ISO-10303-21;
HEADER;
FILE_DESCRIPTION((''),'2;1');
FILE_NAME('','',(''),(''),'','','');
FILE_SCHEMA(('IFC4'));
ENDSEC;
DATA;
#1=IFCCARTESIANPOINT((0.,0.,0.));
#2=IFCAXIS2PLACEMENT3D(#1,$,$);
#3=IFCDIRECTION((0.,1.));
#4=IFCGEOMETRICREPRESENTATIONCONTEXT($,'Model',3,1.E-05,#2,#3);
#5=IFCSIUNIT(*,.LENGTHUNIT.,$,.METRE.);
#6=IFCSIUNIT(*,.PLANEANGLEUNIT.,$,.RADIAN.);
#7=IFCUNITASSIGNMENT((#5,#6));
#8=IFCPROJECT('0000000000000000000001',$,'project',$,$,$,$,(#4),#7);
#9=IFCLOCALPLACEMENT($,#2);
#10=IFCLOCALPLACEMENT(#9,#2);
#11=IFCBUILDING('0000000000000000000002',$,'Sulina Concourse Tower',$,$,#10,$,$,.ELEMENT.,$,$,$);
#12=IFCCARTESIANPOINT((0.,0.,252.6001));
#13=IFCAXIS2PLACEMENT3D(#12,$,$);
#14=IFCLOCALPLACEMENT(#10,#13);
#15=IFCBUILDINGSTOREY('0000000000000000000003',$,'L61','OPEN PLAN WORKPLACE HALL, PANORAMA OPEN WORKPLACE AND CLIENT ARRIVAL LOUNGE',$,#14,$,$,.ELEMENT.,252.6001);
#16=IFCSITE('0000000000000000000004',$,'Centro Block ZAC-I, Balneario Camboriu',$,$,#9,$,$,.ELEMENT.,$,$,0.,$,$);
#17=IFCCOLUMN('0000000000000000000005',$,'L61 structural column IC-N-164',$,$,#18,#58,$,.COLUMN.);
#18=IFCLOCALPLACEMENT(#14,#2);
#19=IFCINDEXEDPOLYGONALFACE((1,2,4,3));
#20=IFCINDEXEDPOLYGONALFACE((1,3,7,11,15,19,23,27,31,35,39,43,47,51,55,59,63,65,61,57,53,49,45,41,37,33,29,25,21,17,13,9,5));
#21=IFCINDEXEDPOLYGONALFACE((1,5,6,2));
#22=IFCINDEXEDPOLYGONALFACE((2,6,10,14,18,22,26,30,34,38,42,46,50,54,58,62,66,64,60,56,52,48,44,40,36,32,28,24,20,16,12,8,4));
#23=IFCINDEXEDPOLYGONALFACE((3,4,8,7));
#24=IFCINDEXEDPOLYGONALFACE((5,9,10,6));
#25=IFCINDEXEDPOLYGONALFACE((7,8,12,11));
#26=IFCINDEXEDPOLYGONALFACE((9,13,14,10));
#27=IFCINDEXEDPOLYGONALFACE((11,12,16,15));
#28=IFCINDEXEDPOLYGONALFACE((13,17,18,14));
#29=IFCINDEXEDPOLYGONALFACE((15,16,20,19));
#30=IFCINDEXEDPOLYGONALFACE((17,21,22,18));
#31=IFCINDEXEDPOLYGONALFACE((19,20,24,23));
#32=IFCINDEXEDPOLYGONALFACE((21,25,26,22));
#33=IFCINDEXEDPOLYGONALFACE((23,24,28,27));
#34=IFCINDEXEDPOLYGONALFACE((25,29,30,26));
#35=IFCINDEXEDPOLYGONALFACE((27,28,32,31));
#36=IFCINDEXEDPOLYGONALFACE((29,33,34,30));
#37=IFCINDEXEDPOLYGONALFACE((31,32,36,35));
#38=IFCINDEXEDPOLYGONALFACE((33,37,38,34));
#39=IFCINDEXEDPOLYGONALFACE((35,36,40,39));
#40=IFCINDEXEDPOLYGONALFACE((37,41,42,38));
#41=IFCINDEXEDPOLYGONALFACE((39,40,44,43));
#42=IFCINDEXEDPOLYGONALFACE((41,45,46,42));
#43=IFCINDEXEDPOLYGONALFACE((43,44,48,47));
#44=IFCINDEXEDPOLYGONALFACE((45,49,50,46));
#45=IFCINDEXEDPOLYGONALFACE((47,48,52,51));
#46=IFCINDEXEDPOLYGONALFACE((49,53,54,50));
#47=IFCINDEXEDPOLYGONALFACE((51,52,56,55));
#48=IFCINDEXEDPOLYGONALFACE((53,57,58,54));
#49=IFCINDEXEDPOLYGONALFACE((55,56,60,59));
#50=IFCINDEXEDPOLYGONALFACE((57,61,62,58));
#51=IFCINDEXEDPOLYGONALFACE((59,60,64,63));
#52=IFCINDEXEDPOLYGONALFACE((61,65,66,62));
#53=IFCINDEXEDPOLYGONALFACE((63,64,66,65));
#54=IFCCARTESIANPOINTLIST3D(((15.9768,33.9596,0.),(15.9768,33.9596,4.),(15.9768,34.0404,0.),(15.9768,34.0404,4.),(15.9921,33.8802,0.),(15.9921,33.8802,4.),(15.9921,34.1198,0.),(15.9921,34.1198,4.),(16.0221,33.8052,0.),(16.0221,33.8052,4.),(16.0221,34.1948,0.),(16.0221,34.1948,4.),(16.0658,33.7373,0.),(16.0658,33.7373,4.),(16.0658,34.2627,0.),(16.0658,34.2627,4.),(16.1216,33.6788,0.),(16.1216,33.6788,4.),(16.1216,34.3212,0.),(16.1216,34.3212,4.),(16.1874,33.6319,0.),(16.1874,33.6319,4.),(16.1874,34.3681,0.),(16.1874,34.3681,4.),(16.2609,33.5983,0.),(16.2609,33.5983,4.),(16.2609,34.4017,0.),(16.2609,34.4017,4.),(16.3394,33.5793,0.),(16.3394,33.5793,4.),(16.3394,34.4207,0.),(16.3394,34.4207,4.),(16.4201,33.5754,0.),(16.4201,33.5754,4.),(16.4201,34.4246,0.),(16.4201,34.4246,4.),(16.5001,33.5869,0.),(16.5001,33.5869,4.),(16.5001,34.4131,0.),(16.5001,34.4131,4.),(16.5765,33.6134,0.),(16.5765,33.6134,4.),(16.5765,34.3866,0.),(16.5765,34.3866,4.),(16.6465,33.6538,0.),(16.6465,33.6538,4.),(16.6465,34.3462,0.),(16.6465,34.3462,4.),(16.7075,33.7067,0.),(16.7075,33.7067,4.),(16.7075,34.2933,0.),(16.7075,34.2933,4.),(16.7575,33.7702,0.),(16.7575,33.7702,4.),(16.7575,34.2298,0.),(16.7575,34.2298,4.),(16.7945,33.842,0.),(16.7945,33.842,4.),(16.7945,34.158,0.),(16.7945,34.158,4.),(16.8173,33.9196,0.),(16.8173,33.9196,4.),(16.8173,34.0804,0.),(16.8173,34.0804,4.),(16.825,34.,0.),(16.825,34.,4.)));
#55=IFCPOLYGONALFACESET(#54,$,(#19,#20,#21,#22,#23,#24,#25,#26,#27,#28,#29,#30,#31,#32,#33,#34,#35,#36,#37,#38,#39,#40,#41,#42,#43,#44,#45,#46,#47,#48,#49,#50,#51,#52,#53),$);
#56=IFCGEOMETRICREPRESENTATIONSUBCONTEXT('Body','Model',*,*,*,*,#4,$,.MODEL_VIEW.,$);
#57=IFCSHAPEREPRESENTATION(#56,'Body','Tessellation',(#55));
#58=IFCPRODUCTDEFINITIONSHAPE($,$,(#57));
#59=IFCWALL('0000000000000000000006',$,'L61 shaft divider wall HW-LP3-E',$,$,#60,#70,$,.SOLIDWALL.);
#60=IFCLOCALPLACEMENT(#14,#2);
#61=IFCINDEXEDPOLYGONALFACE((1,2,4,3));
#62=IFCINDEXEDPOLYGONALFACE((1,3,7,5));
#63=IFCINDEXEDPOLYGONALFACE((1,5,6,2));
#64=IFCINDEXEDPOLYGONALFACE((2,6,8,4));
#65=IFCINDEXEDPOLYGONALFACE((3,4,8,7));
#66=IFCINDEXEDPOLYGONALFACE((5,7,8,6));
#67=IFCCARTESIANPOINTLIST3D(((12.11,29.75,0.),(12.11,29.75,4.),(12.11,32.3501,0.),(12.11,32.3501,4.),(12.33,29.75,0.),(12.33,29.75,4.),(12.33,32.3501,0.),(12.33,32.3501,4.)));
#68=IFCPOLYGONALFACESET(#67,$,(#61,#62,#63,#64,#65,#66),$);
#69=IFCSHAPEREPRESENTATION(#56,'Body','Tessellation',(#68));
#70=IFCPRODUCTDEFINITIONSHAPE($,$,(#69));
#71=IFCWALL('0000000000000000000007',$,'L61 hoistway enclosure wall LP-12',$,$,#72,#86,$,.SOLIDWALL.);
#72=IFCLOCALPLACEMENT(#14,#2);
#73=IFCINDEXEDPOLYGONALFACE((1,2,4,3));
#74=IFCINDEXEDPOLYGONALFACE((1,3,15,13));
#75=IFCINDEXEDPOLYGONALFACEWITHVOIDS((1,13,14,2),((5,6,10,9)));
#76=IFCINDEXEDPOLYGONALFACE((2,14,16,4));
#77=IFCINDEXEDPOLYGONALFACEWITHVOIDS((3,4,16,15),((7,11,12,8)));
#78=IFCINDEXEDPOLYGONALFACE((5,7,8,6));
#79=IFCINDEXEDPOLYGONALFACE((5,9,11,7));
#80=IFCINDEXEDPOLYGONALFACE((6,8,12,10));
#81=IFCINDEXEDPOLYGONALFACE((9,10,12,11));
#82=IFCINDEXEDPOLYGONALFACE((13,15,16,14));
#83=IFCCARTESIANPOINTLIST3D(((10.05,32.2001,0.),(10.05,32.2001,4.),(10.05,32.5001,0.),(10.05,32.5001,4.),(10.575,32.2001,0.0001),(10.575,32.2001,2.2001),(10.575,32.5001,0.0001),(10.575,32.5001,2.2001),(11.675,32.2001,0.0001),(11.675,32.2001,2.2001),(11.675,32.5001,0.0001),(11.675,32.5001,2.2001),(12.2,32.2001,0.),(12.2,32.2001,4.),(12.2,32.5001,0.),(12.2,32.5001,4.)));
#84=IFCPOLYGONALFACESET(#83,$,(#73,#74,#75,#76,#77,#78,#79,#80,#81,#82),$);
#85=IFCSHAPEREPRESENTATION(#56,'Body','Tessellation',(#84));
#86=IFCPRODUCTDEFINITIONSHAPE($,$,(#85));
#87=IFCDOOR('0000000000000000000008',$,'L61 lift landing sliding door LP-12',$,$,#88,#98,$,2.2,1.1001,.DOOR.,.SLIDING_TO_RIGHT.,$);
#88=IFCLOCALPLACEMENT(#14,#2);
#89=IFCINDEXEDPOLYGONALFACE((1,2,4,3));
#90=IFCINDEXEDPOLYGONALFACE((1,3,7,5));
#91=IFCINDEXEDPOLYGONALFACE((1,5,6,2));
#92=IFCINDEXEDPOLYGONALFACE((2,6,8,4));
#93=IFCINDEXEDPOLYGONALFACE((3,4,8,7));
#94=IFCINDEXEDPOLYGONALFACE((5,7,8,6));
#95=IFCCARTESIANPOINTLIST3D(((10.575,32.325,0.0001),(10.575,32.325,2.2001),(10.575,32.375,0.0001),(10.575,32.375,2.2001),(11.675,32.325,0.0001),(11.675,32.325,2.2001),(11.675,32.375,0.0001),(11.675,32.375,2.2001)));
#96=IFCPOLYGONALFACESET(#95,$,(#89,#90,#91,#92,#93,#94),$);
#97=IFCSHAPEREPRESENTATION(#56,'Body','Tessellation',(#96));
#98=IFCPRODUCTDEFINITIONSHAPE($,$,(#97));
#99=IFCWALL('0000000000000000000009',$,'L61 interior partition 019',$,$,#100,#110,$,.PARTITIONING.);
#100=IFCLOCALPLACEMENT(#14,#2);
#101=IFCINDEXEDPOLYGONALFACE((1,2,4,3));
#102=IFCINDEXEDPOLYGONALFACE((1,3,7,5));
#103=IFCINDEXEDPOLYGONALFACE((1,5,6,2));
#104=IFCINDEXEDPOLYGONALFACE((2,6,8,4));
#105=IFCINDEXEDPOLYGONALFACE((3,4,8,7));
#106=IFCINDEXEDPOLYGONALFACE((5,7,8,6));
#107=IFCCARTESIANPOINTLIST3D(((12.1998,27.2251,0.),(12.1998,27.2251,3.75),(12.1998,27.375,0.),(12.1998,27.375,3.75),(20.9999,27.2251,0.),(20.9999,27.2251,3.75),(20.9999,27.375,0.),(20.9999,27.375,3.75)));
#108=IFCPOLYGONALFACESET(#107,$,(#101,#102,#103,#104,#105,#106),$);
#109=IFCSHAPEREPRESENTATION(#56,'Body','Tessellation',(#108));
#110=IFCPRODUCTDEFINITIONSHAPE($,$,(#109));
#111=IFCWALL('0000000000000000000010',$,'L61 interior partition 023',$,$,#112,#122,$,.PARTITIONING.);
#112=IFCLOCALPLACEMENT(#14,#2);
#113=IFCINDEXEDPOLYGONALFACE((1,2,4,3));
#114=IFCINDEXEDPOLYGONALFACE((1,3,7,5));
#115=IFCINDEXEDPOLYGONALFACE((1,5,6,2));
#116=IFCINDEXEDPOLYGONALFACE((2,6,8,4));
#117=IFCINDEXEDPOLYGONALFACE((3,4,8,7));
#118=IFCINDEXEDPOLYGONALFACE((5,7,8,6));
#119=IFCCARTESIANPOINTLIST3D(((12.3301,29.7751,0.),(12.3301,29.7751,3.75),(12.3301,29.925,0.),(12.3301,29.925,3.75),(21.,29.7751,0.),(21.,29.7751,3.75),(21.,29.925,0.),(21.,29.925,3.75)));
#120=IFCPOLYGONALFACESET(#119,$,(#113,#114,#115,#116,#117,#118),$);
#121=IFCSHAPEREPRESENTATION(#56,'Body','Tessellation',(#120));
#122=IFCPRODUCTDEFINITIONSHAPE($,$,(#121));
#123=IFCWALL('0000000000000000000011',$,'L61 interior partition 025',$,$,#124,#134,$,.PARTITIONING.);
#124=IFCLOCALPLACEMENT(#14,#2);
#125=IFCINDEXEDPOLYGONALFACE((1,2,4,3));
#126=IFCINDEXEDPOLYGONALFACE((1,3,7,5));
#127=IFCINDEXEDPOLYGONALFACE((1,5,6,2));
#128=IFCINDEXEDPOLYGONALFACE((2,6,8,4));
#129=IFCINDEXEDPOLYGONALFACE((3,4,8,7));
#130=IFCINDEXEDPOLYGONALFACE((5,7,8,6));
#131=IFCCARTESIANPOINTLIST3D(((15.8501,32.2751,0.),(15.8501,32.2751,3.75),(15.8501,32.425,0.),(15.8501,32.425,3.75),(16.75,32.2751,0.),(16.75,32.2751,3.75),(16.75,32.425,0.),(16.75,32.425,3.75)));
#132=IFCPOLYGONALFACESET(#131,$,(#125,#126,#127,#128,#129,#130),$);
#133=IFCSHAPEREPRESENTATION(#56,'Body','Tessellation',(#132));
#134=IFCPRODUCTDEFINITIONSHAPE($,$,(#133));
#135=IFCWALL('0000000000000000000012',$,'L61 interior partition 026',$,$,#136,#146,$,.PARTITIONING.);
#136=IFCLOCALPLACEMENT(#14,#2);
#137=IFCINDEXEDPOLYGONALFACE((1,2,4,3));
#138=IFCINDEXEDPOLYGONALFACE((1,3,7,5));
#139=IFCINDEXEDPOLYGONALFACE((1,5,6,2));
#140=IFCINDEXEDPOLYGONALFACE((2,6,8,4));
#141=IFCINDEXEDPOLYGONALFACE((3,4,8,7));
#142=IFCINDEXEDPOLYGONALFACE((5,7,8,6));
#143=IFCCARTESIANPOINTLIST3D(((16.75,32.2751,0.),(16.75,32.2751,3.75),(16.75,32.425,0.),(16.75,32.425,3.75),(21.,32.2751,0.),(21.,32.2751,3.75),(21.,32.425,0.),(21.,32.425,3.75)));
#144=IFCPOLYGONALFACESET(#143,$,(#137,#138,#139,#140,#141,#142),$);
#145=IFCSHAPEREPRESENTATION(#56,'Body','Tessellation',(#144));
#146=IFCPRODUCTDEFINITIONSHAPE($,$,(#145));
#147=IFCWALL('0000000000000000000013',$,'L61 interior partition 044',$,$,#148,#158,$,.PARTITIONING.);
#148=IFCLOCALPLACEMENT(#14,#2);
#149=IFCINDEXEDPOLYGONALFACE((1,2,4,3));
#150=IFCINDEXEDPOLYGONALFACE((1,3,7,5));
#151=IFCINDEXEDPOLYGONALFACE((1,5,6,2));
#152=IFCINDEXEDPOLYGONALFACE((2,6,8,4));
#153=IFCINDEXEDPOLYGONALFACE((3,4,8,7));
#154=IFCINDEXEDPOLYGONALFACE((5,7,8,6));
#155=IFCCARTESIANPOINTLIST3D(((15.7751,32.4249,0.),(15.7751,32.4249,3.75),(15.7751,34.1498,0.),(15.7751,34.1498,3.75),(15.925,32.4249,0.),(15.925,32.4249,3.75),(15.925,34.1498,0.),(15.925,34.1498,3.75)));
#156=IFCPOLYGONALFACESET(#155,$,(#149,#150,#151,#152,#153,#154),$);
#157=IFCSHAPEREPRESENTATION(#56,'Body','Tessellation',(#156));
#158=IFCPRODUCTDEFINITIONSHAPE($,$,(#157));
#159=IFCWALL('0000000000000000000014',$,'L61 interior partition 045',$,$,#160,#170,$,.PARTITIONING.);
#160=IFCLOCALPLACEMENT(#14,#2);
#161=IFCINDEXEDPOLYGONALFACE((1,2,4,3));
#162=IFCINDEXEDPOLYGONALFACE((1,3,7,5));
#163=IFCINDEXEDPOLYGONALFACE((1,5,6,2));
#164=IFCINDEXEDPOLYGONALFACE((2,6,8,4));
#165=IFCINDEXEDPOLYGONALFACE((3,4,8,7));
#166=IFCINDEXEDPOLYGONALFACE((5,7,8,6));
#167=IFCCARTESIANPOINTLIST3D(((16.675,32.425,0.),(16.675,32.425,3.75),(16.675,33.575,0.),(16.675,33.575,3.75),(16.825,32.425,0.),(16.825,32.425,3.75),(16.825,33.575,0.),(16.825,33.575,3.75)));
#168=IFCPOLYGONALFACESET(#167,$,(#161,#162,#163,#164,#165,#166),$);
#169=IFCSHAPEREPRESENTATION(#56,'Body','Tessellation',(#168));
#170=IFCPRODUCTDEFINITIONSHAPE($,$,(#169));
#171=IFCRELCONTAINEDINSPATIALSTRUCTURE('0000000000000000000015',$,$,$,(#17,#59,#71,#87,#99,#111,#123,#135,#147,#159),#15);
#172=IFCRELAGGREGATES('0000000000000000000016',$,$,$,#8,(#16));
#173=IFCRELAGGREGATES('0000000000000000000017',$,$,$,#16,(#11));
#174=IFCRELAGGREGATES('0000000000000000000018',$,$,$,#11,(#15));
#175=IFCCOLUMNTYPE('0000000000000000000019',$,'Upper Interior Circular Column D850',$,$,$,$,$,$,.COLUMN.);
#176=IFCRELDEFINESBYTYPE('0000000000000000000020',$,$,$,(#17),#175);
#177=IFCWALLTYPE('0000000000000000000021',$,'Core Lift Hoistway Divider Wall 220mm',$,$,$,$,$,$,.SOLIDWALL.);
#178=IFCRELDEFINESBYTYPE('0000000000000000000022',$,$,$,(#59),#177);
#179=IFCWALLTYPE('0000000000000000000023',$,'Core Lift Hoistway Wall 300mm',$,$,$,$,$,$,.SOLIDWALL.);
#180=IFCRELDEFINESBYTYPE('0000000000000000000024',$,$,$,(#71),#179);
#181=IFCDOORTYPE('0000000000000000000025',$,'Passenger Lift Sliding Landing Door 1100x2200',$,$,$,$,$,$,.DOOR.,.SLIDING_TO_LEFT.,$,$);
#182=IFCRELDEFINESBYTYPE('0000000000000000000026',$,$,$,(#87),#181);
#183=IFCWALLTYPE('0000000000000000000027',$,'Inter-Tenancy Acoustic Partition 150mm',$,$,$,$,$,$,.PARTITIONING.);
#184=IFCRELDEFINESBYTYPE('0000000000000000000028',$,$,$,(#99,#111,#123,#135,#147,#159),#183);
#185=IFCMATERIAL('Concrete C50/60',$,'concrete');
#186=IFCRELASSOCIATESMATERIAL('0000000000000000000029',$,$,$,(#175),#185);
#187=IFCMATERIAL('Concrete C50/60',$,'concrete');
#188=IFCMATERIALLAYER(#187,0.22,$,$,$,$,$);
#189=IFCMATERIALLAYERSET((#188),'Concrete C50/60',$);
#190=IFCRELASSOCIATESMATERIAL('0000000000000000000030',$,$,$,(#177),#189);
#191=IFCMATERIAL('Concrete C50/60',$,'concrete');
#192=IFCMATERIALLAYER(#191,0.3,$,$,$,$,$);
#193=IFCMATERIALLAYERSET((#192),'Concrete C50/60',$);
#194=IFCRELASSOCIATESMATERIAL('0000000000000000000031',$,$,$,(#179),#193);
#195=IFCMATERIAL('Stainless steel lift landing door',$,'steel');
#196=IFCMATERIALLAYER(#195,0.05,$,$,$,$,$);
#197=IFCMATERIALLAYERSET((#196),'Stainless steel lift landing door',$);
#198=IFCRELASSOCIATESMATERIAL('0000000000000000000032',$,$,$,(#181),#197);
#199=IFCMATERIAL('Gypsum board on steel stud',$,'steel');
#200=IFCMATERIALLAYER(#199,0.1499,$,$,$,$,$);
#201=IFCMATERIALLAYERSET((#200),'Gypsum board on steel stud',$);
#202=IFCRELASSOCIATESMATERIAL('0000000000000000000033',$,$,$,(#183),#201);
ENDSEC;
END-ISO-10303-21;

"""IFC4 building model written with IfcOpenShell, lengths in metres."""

from ifc_helpers import new_model, si_unit, direction, frame, frame_2d, origin, origin_2d, place, context, subcontext, project, spatial, rectangle, circle, extrude, material, layer, layer_set, material_profile, profile_set, type_object, element, fill, save


model = new_model("IFC4")

# Units and contexts
model_context = context("Model", 3, precision=1e-05, world=origin(), true_north=direction((0.0, 1.0)))
body_context = subcontext(model_context, "Body", "Model", "MODEL_VIEW")
ifc_project = project(units=[si_unit("LENGTHUNIT", "METRE"), si_unit("PLANEANGLEUNIT", "RADIAN")], contexts=[model_context])

# Site, building, storey
site_placement = place(None, origin())
site = spatial("IfcSite", under=ifc_project, at=site_placement, Name="Centro Block ZAC-I, Balneario Camboriu", CompositionType="ELEMENT", RefElevation=0.0)
building_placement = place(site_placement, origin())
building = spatial("IfcBuilding", under=site, at=building_placement, Name="Sulina Concourse Tower", CompositionType="ELEMENT")
storey_placement = place(building_placement, frame((0.0, 0.0, 252.6001)))
storey = spatial("IfcBuildingStorey", under=building, at=storey_placement, Name="L61", Description="OPEN PLAN WORKPLACE HALL, PANORAMA OPEN WORKPLACE AND CLIENT ARRIVAL LOUNGE", CompositionType="ELEMENT", Elevation=252.6001)

# Column
ifc_material_1 = material(Name="Concrete C50/60", Category="concrete")
ifc_material_profile = material_profile(ifc_material_1, circle(Radius=0.425, at=origin_2d()), Name="RC D850")
ifc_profile_set = profile_set([ifc_material_profile], Name="Concrete C50/60")
column_type = type_object("IfcColumnType", Name="Upper Interior Circular Column D850", PredefinedType="COLUMN", material=ifc_profile_set)
column_placement = place(storey_placement, frame((16.3999, 34.0, 0.0), z_axis=(0.0, 0.0, 1.0), x_axis=(1.0, 0.0, 0.0)))
element("IfcColumn", 1, at=column_placement, inside=storey, type_object=column_type, Name="L61 structural column IC-N-164", PredefinedType="COLUMN", context=body_context, shape_type="SweptSolid", body=[
    extrude(circle(Radius=0.425, at=origin_2d()), origin(), (0.0, 0.0, 1.0), 4.0),
])

# Wall
ifc_material_2 = material(Name="Concrete C50/60", Category="concrete")
ifc_layer_1 = layer(ifc_material_2, 0.22)
ifc_layer_set_1 = layer_set([ifc_layer_1], Name="Concrete C50/60")
wall_type_1 = type_object("IfcWallType", Name="Core Lift Hoistway Divider Wall 220mm", PredefinedType="SOLIDWALL", material=ifc_layer_set_1)
wall_1_placement = place(storey_placement, frame((12.22, 29.75, 0.0), z_axis=(0.0, 0.0, 1.0), x_axis=(0.0, 1.0, 0.0)))
element("IfcWall", 2, at=wall_1_placement, inside=storey, type_object=wall_type_1, Name="L61 shaft divider wall HW-LP3-E", PredefinedType="SOLIDWALL", context=body_context, shape_type="SweptSolid", body=[
    extrude(rectangle(XDim=2.6001, YDim=0.22, at=frame_2d((1.3, 0.0))), origin(), (0.0, 0.0, 1.0), 4.0),
])

# Wall, opening, door
ifc_material_3 = material(Name="Concrete C50/60", Category="concrete")
ifc_layer_2 = layer(ifc_material_3, 0.3)
ifc_layer_set_2 = layer_set([ifc_layer_2], Name="Concrete C50/60")
wall_type_2 = type_object("IfcWallType", Name="Core Lift Hoistway Wall 300mm", PredefinedType="SOLIDWALL", material=ifc_layer_set_2)
wall_2_placement = place(storey_placement, frame((10.05, 32.3501, 0.0), z_axis=(0.0, 0.0, 1.0), x_axis=(1.0, 0.0, 0.0)))
wall_2 = element("IfcWall", 3, at=wall_2_placement, inside=storey, type_object=wall_type_2, Name="L61 hoistway enclosure wall LP-12", PredefinedType="SOLIDWALL", context=body_context, shape_type="SweptSolid", body=[
    extrude(rectangle(XDim=2.1499, YDim=0.3, at=frame_2d((1.075, 0.0))), origin(), (0.0, 0.0, 1.0), 4.0),
])
opening_1_placement = place(wall_2_placement, frame((0.5249, 0.0, 0.0)))
opening_1 = element("IfcOpeningElement", 4, at=opening_1_placement, cuts=wall_2, PredefinedType="OPENING", context=body_context, shape_type="SweptSolid", body=[
    extrude(rectangle(XDim=1.1001, YDim=2.2, at=frame_2d((0.55, 1.1001))), frame((0.0, 0.1599, 0.0), z_axis=(0.0, -1.0, 0.0), x_axis=(1.0, 0.0, 0.0)), (0.0, 0.0, 1.0), 0.3201),
])
ifc_material_4 = material(Name="Stainless steel lift landing door", Category="steel")
ifc_layer_3 = layer(ifc_material_4, 0.05)
ifc_layer_set_3 = layer_set([ifc_layer_3], Name="Stainless steel lift landing door")
door_type_1 = type_object("IfcDoorType", Name="Passenger Lift Sliding Landing Door 1100x2200", OperationType="SLIDING_TO_LEFT", PredefinedType="DOOR", material=ifc_layer_set_3)
door_1_placement = place(opening_1_placement, origin())
door_1 = element("IfcDoor", 5, at=door_1_placement, inside=storey, type_object=door_type_1, Name="L61 lift landing sliding door LP-12", OperationType="SLIDING_TO_RIGHT", OverallHeight=2.2, OverallWidth=1.1001, PredefinedType="DOOR", context=body_context, shape_type="SweptSolid", body=[
    extrude(rectangle(XDim=1.1001, YDim=2.2, at=frame_2d((0.55, 1.1001))), frame((0.0, 0.0249, 0.0), z_axis=(0.0, -1.0, 0.0), x_axis=(1.0, 0.0, 0.0)), (0.0, 0.0, 1.0), 0.05),
])
fill(opening_1, door_1)

# Walls
ifc_material_5 = material(Name="Gypsum board on steel stud", Category="steel")
ifc_layer_4 = layer(ifc_material_5, 0.1499)
ifc_layer_set_4 = layer_set([ifc_layer_4], Name="Gypsum board on steel stud")
wall_type_3 = type_object("IfcWallType", Name="Inter-Tenancy Acoustic Partition 150mm", PredefinedType="PARTITIONING", material=ifc_layer_set_4)
wall_3_placement = place(storey_placement, frame((12.2, 27.3, 0.0), z_axis=(0.0, 0.0, 1.0), x_axis=(1.0, 0.0, 0.0)))
element("IfcWall", 6, at=wall_3_placement, inside=storey, type_object=wall_type_3, Name="L61 interior partition 019", PredefinedType="PARTITIONING", context=body_context, shape_type="SweptSolid", body=[
    extrude(rectangle(XDim=8.8, YDim=0.1499, at=frame_2d((4.3999, 0.0))), origin(), (0.0, 0.0, 1.0), 3.75),
])
wall_4_placement = place(storey_placement, frame((12.3301, 29.8501, 0.0), z_axis=(0.0, 0.0, 1.0), x_axis=(1.0, 0.0, 0.0)))
element("IfcWall", 7, at=wall_4_placement, inside=storey, type_object=wall_type_3, Name="L61 interior partition 023", PredefinedType="PARTITIONING", context=body_context, shape_type="SweptSolid", body=[
    extrude(rectangle(XDim=8.6699, YDim=0.1499, at=frame_2d((4.335, 0.0))), origin(), (0.0, 0.0, 1.0), 3.75),
])

# Walls
wall_5_placement = place(storey_placement, frame((15.8501, 32.3501, 0.0), z_axis=(0.0, 0.0, 1.0), x_axis=(1.0, 0.0, 0.0)))
element("IfcWall", 8, at=wall_5_placement, inside=storey, type_object=wall_type_3, Name="L61 interior partition 025", PredefinedType="PARTITIONING", context=body_context, shape_type="SweptSolid", body=[
    extrude(rectangle(XDim=0.8999, YDim=0.1499, at=frame_2d((0.45, 0.0))), origin(), (0.0, 0.0, 1.0), 3.75),
])
wall_6_placement = place(storey_placement, frame((16.75, 32.3501, 0.0), z_axis=(0.0, 0.0, 1.0), x_axis=(1.0, 0.0, 0.0)))
element("IfcWall", 9, at=wall_6_placement, inside=storey, type_object=wall_type_3, Name="L61 interior partition 026", PredefinedType="PARTITIONING", context=body_context, shape_type="SweptSolid", body=[
    extrude(rectangle(XDim=4.25, YDim=0.1499, at=frame_2d((2.125, 0.0))), origin(), (0.0, 0.0, 1.0), 3.75),
])
wall_7_placement = place(storey_placement, frame((15.8501, 32.425, 0.0), z_axis=(0.0, 0.0, 1.0), x_axis=(0.0, 1.0, 0.0)))
element("IfcWall", 10, at=wall_7_placement, inside=storey, type_object=wall_type_3, Name="L61 interior partition 044", PredefinedType="PARTITIONING", context=body_context, shape_type="SweptSolid", body=[
    extrude(rectangle(XDim=1.7249, YDim=0.1499, at=frame_2d((0.8623, 0.0))), origin(), (0.0, 0.0, 1.0), 3.75),
])
wall_8_placement = place(storey_placement, frame((16.75, 32.425, 0.0), z_axis=(0.0, 0.0, 1.0), x_axis=(0.0, 1.0, 0.0)))
element("IfcWall", 11, at=wall_8_placement, inside=storey, type_object=wall_type_3, Name="L61 interior partition 045", PredefinedType="PARTITIONING", context=body_context, shape_type="SweptSolid", body=[
    extrude(rectangle(XDim=1.1499, YDim=0.1499, at=frame_2d((0.575, 0.0))), origin(), (0.0, 0.0, 1.0), 3.75),
])

save(model, "model.ifc")
